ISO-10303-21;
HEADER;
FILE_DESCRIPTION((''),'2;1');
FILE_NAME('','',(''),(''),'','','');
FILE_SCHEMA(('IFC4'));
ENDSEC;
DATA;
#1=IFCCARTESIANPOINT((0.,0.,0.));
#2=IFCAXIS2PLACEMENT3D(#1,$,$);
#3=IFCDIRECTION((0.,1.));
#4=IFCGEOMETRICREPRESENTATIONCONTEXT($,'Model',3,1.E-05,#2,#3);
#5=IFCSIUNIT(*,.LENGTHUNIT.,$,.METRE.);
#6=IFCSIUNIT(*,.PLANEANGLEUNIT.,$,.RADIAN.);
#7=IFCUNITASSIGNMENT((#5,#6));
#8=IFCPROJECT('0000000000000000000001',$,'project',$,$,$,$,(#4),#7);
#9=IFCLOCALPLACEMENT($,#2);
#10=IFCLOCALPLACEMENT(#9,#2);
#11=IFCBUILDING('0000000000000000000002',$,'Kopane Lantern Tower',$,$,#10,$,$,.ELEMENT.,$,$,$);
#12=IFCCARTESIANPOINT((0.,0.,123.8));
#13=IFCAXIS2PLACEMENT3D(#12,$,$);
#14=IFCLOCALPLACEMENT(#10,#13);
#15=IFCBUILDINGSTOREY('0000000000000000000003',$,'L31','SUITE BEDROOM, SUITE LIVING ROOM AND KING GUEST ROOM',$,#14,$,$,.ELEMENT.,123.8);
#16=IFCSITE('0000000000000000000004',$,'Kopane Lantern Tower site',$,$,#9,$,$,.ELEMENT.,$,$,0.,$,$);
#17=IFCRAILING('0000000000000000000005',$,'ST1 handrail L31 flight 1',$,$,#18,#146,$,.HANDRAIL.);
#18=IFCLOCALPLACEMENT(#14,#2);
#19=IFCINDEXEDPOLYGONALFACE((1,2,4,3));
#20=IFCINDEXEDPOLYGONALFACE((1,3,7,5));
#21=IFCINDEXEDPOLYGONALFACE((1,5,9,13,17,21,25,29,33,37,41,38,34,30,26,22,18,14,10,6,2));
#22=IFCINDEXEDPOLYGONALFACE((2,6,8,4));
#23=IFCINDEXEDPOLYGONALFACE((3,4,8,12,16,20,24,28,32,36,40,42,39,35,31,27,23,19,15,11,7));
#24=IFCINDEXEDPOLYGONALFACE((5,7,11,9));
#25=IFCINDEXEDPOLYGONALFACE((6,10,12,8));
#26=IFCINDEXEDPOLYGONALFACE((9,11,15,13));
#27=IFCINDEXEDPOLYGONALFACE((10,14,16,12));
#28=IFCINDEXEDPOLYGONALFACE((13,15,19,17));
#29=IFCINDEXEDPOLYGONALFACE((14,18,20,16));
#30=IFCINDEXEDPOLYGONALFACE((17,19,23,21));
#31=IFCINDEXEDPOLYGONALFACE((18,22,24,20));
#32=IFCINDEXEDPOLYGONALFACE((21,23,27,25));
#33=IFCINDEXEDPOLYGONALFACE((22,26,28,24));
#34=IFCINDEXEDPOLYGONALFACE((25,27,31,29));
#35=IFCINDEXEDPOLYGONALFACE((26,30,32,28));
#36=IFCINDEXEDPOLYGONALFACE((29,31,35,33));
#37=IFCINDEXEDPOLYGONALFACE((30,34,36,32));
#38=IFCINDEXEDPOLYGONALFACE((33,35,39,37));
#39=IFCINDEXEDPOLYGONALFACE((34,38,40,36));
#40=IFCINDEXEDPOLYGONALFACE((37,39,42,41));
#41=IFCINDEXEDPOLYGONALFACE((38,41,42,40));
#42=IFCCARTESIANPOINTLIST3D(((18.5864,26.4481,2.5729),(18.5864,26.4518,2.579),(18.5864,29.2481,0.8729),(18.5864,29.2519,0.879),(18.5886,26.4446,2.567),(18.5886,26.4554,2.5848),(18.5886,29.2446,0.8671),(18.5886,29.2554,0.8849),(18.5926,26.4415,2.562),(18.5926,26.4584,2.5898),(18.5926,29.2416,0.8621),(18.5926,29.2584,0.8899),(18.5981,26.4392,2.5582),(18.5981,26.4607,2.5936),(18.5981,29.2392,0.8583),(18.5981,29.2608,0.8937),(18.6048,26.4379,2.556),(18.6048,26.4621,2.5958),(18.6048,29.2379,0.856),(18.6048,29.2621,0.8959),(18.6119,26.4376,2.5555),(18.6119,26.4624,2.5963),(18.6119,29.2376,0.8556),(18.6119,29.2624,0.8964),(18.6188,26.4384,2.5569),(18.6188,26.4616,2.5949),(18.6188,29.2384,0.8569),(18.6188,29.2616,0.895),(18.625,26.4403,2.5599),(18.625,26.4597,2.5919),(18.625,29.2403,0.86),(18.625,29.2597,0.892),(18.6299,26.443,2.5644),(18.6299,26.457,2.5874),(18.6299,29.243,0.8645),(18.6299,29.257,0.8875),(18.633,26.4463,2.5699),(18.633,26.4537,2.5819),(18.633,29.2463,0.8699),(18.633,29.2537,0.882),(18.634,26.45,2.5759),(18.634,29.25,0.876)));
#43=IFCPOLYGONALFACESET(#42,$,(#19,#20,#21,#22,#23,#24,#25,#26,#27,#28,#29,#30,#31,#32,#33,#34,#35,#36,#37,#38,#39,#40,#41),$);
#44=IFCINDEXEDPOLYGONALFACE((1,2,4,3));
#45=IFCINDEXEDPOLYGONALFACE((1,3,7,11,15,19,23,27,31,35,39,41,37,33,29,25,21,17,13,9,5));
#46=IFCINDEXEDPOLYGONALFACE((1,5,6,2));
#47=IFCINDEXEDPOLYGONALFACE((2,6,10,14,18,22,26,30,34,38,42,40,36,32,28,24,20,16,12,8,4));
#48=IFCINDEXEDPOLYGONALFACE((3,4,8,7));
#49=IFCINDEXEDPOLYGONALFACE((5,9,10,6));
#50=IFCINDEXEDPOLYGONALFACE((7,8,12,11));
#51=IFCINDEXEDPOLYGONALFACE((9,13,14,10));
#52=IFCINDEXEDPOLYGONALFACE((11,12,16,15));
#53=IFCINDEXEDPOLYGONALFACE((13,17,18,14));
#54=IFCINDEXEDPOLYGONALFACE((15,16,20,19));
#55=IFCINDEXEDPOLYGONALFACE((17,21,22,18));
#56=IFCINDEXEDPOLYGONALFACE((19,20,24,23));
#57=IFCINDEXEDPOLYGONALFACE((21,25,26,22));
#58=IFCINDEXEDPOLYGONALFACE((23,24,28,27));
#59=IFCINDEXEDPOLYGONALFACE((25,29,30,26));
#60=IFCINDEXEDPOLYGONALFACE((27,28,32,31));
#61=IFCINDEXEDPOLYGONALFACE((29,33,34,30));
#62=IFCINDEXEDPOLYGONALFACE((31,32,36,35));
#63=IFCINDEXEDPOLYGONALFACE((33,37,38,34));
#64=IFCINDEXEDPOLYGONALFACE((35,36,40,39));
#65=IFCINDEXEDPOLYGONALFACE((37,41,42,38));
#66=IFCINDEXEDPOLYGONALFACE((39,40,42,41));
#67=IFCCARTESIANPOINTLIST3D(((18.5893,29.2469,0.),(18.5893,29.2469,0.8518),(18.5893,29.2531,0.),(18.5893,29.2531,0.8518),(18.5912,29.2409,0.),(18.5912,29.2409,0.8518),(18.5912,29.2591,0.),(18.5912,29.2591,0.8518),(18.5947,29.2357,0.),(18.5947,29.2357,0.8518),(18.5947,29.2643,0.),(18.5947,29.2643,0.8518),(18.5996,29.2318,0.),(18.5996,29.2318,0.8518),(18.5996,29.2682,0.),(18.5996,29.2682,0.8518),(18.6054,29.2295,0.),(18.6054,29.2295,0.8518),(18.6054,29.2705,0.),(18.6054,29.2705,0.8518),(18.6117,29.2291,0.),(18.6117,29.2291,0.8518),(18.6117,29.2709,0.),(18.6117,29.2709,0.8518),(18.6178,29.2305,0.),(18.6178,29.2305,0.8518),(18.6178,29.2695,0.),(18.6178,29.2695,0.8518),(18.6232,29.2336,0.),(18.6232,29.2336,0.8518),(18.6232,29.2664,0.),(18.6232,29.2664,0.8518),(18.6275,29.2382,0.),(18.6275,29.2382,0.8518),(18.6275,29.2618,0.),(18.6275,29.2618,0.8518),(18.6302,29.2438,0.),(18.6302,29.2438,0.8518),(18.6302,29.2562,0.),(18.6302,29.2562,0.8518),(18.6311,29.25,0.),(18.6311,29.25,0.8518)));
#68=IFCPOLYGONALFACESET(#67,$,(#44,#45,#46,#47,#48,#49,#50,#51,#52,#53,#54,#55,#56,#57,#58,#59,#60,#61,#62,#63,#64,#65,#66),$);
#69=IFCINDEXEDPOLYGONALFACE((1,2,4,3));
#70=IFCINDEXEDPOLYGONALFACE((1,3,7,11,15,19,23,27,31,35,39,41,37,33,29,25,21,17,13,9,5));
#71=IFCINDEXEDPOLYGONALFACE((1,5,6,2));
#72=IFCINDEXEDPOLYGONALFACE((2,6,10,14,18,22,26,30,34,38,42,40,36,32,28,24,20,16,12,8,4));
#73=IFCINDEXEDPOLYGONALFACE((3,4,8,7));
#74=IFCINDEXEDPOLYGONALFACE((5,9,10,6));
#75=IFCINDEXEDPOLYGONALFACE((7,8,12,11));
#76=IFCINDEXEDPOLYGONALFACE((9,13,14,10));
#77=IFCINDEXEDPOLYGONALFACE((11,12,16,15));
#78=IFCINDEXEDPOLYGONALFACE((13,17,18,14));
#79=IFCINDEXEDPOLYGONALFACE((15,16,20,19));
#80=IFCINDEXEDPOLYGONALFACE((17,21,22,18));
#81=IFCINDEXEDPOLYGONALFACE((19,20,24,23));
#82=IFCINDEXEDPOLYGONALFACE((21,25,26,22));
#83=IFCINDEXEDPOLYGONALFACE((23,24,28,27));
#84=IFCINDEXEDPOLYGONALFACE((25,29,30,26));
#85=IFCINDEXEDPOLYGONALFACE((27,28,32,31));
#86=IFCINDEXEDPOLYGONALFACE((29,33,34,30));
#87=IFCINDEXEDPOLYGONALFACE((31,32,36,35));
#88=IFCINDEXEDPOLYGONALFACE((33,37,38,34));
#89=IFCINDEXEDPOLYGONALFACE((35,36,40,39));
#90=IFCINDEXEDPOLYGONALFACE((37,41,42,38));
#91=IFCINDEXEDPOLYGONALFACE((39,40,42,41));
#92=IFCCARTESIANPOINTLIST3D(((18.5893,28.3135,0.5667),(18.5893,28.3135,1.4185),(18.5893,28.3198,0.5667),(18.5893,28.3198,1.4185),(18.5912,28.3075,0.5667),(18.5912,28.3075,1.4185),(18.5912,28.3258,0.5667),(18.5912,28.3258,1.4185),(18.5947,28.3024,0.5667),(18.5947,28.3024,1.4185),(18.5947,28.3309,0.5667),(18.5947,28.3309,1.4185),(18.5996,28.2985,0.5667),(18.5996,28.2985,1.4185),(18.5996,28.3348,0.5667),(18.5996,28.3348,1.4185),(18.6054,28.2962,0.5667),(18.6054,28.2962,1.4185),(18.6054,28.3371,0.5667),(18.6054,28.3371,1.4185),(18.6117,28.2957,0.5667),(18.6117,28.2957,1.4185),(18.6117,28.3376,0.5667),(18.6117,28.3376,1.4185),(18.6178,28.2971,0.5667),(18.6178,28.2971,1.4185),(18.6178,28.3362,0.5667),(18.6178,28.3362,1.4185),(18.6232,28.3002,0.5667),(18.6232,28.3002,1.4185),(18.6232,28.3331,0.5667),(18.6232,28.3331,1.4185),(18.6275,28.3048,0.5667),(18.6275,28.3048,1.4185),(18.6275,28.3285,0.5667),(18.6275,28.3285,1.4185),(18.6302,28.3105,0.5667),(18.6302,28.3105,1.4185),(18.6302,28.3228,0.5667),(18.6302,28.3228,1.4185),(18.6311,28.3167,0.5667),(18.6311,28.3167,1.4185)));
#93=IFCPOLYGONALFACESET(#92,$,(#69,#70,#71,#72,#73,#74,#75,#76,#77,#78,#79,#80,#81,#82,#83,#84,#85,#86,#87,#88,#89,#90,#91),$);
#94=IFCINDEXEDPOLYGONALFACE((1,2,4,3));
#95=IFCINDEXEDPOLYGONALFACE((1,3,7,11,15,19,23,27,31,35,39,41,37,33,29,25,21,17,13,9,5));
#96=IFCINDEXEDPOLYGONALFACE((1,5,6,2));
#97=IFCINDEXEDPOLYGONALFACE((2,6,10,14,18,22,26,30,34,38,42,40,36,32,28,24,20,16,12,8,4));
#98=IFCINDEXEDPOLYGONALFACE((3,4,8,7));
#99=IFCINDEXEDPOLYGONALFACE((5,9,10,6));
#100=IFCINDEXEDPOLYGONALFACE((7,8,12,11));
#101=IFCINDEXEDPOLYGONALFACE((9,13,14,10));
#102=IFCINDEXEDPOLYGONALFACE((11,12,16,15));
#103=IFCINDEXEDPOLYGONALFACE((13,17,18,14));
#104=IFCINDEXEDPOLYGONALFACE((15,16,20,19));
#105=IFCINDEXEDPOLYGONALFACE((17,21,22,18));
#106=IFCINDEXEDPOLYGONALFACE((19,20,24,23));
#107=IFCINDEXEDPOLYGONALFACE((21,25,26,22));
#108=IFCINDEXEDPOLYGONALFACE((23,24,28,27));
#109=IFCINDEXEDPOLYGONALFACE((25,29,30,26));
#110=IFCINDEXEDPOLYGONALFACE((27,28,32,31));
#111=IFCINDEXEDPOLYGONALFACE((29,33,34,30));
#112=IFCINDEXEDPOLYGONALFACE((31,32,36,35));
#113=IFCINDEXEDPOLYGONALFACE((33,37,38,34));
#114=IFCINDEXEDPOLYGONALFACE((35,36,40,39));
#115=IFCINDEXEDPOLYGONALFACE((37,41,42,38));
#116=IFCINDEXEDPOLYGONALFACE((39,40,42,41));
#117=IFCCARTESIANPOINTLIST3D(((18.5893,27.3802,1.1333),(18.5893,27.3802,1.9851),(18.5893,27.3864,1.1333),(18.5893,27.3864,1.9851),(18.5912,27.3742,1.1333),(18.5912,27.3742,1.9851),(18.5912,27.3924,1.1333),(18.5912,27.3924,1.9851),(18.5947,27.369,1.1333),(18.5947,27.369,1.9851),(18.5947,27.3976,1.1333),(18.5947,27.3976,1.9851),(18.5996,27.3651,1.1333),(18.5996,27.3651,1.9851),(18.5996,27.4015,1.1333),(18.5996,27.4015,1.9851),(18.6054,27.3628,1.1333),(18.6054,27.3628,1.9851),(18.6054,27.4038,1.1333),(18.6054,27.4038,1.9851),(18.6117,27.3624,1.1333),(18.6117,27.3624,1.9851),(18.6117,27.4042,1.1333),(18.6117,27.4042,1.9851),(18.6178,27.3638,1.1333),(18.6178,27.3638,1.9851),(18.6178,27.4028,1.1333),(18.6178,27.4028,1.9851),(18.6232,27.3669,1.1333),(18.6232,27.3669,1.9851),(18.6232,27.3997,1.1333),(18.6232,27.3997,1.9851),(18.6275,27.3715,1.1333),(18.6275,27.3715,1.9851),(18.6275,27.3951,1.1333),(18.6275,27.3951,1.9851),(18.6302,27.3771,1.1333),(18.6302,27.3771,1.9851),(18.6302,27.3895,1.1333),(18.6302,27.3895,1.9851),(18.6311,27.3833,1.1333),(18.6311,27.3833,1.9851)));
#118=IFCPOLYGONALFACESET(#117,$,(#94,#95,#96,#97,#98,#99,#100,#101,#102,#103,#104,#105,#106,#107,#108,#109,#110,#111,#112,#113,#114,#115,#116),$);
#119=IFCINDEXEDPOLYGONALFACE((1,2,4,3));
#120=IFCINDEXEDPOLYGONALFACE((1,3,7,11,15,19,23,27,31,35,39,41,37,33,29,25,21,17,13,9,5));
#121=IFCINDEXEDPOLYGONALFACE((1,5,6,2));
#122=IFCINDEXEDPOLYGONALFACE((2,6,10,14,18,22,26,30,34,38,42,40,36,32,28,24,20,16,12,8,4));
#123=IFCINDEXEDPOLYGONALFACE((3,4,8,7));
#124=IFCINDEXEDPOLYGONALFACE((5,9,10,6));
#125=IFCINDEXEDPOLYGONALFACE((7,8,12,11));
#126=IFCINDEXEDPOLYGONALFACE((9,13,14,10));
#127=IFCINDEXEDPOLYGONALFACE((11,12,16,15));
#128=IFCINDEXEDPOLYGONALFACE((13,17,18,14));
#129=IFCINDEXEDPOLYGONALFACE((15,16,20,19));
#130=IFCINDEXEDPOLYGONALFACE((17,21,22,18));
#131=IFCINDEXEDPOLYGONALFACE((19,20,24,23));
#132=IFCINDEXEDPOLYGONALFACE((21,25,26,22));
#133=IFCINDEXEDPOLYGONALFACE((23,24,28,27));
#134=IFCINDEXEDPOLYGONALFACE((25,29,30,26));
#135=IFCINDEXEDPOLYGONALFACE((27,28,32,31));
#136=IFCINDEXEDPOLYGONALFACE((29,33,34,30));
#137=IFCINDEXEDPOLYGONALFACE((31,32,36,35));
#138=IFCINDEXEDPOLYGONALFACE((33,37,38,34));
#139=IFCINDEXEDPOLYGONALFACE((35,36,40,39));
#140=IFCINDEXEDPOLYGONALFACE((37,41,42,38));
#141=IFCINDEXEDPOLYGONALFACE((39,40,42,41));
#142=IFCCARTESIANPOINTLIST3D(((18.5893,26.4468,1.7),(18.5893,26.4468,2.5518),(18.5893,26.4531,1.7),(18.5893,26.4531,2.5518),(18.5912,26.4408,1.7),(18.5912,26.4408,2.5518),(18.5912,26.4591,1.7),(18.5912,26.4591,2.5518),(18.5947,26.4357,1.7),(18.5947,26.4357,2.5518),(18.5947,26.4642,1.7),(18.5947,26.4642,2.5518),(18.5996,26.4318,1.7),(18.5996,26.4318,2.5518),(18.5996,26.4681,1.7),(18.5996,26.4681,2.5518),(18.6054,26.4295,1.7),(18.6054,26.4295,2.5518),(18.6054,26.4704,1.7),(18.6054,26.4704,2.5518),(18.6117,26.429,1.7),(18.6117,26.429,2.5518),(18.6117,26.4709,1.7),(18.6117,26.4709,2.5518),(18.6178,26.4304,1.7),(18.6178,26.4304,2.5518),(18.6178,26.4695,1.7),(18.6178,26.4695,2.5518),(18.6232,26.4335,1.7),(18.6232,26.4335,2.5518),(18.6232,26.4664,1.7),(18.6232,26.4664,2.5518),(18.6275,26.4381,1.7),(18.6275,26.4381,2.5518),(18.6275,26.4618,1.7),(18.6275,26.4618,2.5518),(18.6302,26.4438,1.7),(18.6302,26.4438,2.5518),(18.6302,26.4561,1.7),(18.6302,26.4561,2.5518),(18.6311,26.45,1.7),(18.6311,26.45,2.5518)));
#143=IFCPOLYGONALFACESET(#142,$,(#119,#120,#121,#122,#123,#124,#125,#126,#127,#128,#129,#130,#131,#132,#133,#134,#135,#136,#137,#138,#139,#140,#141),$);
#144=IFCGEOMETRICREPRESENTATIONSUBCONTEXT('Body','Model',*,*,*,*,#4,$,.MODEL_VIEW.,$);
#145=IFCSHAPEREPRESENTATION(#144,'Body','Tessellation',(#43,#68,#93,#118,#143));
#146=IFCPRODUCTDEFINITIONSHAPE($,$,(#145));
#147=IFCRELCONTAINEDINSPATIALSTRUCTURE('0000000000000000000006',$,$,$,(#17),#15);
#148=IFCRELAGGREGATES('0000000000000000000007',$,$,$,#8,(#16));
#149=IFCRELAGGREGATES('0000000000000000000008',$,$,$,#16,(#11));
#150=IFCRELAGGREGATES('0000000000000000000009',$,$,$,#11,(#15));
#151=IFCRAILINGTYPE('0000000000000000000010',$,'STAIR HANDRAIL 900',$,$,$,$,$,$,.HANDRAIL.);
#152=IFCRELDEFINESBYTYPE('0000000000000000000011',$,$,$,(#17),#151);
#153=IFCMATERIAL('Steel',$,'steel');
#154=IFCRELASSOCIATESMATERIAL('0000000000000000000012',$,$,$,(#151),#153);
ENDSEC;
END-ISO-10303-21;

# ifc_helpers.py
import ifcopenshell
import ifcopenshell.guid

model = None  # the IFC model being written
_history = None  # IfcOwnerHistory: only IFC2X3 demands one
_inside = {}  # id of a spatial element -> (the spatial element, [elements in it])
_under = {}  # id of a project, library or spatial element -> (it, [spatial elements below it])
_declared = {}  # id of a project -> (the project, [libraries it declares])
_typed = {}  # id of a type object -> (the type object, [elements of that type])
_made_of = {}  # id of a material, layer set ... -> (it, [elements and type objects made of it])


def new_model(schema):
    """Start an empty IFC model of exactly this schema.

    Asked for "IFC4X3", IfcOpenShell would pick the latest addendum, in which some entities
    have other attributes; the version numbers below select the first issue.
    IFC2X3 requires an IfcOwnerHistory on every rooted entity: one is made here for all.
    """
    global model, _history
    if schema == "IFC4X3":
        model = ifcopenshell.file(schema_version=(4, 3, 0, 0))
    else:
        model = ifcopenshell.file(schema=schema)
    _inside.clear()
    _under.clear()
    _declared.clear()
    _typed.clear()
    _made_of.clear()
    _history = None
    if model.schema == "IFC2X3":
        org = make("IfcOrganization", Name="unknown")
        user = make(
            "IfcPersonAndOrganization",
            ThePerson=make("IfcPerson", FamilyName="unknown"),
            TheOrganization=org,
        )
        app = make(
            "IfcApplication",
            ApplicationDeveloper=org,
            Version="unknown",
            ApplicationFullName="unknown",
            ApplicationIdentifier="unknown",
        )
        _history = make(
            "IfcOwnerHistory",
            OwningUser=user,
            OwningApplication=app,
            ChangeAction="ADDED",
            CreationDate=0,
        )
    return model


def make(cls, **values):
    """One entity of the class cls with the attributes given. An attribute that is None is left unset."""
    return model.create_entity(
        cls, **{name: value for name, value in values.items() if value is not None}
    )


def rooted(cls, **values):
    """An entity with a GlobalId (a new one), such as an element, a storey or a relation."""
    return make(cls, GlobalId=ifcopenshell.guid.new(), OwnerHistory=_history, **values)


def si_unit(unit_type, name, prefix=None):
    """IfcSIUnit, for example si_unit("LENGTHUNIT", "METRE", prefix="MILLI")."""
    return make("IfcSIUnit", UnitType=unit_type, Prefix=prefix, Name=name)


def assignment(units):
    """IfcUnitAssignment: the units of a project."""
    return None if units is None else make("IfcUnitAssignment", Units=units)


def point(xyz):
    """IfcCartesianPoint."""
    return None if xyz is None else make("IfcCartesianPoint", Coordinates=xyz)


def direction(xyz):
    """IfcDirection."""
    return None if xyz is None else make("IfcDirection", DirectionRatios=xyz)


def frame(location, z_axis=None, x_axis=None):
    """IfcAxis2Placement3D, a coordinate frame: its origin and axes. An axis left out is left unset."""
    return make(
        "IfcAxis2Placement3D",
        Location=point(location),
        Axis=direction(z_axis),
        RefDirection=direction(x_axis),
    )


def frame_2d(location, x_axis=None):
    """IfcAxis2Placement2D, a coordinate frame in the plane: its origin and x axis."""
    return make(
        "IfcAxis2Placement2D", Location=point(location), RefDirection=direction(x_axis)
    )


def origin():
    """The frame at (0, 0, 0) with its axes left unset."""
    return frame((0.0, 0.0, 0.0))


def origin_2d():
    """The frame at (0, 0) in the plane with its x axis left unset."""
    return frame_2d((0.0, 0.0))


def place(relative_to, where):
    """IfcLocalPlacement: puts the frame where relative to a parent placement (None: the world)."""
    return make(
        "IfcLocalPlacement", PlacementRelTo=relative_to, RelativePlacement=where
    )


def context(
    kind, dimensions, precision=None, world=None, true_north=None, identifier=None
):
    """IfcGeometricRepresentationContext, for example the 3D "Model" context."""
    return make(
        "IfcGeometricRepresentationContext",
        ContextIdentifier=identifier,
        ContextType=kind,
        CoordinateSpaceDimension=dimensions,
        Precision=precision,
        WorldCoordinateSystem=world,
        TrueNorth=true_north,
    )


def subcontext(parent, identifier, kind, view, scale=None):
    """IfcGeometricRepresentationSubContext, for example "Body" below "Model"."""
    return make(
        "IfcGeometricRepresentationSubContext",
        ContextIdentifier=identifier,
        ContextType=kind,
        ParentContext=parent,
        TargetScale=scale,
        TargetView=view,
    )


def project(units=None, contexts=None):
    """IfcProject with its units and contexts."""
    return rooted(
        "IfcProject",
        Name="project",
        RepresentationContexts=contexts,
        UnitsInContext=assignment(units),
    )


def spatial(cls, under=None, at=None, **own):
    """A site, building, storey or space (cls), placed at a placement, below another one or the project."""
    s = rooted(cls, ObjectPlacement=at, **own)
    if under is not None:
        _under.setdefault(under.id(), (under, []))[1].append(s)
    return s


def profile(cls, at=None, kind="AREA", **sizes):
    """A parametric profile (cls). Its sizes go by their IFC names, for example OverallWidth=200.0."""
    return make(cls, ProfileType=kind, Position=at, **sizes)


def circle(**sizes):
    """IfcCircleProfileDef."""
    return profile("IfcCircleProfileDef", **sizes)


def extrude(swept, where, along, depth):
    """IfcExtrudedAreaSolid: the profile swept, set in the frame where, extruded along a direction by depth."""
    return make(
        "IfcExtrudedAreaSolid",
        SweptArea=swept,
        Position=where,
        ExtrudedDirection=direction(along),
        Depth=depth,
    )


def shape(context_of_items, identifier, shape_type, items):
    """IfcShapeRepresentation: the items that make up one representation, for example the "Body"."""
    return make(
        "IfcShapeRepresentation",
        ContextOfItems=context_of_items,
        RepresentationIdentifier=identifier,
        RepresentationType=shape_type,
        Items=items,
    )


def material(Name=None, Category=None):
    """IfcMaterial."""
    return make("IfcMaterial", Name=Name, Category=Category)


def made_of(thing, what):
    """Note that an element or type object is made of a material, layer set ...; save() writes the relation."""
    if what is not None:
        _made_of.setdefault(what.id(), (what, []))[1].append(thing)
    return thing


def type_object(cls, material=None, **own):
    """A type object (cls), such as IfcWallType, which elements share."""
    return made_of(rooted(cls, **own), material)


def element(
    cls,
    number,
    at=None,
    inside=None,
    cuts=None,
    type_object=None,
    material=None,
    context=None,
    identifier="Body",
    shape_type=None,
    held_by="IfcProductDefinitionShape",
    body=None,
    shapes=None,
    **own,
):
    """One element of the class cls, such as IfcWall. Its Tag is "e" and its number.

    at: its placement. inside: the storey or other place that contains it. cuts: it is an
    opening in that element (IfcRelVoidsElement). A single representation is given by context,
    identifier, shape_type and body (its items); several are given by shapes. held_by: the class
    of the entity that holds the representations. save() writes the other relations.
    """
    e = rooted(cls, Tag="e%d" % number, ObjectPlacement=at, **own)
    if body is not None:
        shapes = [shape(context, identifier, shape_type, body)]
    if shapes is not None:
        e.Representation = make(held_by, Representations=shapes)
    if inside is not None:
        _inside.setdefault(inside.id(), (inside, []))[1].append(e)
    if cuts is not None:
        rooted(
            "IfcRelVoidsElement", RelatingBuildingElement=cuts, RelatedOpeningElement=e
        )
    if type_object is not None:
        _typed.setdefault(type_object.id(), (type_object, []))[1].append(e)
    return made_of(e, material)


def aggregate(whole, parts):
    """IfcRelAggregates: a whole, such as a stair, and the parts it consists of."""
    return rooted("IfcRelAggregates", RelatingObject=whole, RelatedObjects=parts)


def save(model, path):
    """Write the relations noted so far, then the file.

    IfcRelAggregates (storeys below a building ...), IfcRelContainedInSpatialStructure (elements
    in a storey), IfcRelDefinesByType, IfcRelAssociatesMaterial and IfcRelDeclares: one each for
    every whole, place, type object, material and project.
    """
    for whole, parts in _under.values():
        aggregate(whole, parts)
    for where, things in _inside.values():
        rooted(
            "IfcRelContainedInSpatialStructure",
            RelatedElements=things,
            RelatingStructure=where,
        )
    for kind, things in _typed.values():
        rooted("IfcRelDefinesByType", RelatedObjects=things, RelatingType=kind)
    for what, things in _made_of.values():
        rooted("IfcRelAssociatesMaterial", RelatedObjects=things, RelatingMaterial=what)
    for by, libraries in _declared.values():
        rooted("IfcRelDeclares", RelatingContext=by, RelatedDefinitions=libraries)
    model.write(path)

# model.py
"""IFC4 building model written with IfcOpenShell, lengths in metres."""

from ifc_helpers import new_model, si_unit, direction, frame, origin, origin_2d, place, context, subcontext, project, spatial, circle, extrude, material, type_object, element, save


model = new_model("IFC4")

# Units and contexts
model_context = context("Model", 3, precision=1e-05, world=origin(), true_north=direction((0.0, 1.0)))
body_context = subcontext(model_context, "Body", "Model", "MODEL_VIEW")
ifc_project = project(units=[si_unit("LENGTHUNIT", "METRE"), si_unit("PLANEANGLEUNIT", "RADIAN")], contexts=[model_context])

# Site, building, storey
site_placement = place(None, origin())
site = spatial("IfcSite", under=ifc_project, at=site_placement, Name="Kopane Lantern Tower site", CompositionType="ELEMENT", RefElevation=0.0)
building_placement = place(site_placement, origin())
building = spatial("IfcBuilding", under=site, at=building_placement, Name="Kopane Lantern Tower", CompositionType="ELEMENT")
storey_placement = place(building_placement, frame((0.0, 0.0, 123.8)))
storey = spatial("IfcBuildingStorey", under=building, at=storey_placement, Name="L31", Description="SUITE BEDROOM, SUITE LIVING ROOM AND KING GUEST ROOM", CompositionType="ELEMENT", Elevation=123.8)

# Railing
ifc_material_1 = material(Name="Steel", Category="steel")
railing_type_1 = type_object("IfcRailingType", Name="STAIR HANDRAIL 900", PredefinedType="HANDRAIL", material=ifc_material_1)
for number, where, name in (
    (1, (18.6101, 29.25, 0.0), "ST1 handrail L31 flight 1"),
):
    element("IfcRailing", number, at=place(storey_placement, frame(where)), inside=storey, type_object=railing_type_1, Name=name, PredefinedType="HANDRAIL", context=body_context, shape_type="SweptSolid", body=[
        extrude(circle(Radius=0.0239, at=origin_2d()), frame((0.0, 0.0, 0.876), z_axis=(0.0, -0.854798, 0.518961), x_axis=(1.0, 0.0, 0.0)), (0.0, 0.0, 1.0), 3.2756),
        extrude(circle(Radius=0.021, at=origin_2d()), origin(), (0.0, 0.0, 1.0), 0.8518),
        extrude(circle(Radius=0.021, at=origin_2d()), frame((0.0, -0.9333, 0.5667)), (0.0, 0.0, 1.0), 0.8518),
        extrude(circle(Radius=0.021, at=origin_2d()), frame((0.0, -1.8667, 1.1333)), (0.0, 0.0, 1.0), 0.8518),
        extrude(circle(Radius=0.021, at=origin_2d()), frame((0.0, -2.8, 1.7)), (0.0, 0.0, 1.0), 0.8518),
    ])

save(model, "model.ifc")
